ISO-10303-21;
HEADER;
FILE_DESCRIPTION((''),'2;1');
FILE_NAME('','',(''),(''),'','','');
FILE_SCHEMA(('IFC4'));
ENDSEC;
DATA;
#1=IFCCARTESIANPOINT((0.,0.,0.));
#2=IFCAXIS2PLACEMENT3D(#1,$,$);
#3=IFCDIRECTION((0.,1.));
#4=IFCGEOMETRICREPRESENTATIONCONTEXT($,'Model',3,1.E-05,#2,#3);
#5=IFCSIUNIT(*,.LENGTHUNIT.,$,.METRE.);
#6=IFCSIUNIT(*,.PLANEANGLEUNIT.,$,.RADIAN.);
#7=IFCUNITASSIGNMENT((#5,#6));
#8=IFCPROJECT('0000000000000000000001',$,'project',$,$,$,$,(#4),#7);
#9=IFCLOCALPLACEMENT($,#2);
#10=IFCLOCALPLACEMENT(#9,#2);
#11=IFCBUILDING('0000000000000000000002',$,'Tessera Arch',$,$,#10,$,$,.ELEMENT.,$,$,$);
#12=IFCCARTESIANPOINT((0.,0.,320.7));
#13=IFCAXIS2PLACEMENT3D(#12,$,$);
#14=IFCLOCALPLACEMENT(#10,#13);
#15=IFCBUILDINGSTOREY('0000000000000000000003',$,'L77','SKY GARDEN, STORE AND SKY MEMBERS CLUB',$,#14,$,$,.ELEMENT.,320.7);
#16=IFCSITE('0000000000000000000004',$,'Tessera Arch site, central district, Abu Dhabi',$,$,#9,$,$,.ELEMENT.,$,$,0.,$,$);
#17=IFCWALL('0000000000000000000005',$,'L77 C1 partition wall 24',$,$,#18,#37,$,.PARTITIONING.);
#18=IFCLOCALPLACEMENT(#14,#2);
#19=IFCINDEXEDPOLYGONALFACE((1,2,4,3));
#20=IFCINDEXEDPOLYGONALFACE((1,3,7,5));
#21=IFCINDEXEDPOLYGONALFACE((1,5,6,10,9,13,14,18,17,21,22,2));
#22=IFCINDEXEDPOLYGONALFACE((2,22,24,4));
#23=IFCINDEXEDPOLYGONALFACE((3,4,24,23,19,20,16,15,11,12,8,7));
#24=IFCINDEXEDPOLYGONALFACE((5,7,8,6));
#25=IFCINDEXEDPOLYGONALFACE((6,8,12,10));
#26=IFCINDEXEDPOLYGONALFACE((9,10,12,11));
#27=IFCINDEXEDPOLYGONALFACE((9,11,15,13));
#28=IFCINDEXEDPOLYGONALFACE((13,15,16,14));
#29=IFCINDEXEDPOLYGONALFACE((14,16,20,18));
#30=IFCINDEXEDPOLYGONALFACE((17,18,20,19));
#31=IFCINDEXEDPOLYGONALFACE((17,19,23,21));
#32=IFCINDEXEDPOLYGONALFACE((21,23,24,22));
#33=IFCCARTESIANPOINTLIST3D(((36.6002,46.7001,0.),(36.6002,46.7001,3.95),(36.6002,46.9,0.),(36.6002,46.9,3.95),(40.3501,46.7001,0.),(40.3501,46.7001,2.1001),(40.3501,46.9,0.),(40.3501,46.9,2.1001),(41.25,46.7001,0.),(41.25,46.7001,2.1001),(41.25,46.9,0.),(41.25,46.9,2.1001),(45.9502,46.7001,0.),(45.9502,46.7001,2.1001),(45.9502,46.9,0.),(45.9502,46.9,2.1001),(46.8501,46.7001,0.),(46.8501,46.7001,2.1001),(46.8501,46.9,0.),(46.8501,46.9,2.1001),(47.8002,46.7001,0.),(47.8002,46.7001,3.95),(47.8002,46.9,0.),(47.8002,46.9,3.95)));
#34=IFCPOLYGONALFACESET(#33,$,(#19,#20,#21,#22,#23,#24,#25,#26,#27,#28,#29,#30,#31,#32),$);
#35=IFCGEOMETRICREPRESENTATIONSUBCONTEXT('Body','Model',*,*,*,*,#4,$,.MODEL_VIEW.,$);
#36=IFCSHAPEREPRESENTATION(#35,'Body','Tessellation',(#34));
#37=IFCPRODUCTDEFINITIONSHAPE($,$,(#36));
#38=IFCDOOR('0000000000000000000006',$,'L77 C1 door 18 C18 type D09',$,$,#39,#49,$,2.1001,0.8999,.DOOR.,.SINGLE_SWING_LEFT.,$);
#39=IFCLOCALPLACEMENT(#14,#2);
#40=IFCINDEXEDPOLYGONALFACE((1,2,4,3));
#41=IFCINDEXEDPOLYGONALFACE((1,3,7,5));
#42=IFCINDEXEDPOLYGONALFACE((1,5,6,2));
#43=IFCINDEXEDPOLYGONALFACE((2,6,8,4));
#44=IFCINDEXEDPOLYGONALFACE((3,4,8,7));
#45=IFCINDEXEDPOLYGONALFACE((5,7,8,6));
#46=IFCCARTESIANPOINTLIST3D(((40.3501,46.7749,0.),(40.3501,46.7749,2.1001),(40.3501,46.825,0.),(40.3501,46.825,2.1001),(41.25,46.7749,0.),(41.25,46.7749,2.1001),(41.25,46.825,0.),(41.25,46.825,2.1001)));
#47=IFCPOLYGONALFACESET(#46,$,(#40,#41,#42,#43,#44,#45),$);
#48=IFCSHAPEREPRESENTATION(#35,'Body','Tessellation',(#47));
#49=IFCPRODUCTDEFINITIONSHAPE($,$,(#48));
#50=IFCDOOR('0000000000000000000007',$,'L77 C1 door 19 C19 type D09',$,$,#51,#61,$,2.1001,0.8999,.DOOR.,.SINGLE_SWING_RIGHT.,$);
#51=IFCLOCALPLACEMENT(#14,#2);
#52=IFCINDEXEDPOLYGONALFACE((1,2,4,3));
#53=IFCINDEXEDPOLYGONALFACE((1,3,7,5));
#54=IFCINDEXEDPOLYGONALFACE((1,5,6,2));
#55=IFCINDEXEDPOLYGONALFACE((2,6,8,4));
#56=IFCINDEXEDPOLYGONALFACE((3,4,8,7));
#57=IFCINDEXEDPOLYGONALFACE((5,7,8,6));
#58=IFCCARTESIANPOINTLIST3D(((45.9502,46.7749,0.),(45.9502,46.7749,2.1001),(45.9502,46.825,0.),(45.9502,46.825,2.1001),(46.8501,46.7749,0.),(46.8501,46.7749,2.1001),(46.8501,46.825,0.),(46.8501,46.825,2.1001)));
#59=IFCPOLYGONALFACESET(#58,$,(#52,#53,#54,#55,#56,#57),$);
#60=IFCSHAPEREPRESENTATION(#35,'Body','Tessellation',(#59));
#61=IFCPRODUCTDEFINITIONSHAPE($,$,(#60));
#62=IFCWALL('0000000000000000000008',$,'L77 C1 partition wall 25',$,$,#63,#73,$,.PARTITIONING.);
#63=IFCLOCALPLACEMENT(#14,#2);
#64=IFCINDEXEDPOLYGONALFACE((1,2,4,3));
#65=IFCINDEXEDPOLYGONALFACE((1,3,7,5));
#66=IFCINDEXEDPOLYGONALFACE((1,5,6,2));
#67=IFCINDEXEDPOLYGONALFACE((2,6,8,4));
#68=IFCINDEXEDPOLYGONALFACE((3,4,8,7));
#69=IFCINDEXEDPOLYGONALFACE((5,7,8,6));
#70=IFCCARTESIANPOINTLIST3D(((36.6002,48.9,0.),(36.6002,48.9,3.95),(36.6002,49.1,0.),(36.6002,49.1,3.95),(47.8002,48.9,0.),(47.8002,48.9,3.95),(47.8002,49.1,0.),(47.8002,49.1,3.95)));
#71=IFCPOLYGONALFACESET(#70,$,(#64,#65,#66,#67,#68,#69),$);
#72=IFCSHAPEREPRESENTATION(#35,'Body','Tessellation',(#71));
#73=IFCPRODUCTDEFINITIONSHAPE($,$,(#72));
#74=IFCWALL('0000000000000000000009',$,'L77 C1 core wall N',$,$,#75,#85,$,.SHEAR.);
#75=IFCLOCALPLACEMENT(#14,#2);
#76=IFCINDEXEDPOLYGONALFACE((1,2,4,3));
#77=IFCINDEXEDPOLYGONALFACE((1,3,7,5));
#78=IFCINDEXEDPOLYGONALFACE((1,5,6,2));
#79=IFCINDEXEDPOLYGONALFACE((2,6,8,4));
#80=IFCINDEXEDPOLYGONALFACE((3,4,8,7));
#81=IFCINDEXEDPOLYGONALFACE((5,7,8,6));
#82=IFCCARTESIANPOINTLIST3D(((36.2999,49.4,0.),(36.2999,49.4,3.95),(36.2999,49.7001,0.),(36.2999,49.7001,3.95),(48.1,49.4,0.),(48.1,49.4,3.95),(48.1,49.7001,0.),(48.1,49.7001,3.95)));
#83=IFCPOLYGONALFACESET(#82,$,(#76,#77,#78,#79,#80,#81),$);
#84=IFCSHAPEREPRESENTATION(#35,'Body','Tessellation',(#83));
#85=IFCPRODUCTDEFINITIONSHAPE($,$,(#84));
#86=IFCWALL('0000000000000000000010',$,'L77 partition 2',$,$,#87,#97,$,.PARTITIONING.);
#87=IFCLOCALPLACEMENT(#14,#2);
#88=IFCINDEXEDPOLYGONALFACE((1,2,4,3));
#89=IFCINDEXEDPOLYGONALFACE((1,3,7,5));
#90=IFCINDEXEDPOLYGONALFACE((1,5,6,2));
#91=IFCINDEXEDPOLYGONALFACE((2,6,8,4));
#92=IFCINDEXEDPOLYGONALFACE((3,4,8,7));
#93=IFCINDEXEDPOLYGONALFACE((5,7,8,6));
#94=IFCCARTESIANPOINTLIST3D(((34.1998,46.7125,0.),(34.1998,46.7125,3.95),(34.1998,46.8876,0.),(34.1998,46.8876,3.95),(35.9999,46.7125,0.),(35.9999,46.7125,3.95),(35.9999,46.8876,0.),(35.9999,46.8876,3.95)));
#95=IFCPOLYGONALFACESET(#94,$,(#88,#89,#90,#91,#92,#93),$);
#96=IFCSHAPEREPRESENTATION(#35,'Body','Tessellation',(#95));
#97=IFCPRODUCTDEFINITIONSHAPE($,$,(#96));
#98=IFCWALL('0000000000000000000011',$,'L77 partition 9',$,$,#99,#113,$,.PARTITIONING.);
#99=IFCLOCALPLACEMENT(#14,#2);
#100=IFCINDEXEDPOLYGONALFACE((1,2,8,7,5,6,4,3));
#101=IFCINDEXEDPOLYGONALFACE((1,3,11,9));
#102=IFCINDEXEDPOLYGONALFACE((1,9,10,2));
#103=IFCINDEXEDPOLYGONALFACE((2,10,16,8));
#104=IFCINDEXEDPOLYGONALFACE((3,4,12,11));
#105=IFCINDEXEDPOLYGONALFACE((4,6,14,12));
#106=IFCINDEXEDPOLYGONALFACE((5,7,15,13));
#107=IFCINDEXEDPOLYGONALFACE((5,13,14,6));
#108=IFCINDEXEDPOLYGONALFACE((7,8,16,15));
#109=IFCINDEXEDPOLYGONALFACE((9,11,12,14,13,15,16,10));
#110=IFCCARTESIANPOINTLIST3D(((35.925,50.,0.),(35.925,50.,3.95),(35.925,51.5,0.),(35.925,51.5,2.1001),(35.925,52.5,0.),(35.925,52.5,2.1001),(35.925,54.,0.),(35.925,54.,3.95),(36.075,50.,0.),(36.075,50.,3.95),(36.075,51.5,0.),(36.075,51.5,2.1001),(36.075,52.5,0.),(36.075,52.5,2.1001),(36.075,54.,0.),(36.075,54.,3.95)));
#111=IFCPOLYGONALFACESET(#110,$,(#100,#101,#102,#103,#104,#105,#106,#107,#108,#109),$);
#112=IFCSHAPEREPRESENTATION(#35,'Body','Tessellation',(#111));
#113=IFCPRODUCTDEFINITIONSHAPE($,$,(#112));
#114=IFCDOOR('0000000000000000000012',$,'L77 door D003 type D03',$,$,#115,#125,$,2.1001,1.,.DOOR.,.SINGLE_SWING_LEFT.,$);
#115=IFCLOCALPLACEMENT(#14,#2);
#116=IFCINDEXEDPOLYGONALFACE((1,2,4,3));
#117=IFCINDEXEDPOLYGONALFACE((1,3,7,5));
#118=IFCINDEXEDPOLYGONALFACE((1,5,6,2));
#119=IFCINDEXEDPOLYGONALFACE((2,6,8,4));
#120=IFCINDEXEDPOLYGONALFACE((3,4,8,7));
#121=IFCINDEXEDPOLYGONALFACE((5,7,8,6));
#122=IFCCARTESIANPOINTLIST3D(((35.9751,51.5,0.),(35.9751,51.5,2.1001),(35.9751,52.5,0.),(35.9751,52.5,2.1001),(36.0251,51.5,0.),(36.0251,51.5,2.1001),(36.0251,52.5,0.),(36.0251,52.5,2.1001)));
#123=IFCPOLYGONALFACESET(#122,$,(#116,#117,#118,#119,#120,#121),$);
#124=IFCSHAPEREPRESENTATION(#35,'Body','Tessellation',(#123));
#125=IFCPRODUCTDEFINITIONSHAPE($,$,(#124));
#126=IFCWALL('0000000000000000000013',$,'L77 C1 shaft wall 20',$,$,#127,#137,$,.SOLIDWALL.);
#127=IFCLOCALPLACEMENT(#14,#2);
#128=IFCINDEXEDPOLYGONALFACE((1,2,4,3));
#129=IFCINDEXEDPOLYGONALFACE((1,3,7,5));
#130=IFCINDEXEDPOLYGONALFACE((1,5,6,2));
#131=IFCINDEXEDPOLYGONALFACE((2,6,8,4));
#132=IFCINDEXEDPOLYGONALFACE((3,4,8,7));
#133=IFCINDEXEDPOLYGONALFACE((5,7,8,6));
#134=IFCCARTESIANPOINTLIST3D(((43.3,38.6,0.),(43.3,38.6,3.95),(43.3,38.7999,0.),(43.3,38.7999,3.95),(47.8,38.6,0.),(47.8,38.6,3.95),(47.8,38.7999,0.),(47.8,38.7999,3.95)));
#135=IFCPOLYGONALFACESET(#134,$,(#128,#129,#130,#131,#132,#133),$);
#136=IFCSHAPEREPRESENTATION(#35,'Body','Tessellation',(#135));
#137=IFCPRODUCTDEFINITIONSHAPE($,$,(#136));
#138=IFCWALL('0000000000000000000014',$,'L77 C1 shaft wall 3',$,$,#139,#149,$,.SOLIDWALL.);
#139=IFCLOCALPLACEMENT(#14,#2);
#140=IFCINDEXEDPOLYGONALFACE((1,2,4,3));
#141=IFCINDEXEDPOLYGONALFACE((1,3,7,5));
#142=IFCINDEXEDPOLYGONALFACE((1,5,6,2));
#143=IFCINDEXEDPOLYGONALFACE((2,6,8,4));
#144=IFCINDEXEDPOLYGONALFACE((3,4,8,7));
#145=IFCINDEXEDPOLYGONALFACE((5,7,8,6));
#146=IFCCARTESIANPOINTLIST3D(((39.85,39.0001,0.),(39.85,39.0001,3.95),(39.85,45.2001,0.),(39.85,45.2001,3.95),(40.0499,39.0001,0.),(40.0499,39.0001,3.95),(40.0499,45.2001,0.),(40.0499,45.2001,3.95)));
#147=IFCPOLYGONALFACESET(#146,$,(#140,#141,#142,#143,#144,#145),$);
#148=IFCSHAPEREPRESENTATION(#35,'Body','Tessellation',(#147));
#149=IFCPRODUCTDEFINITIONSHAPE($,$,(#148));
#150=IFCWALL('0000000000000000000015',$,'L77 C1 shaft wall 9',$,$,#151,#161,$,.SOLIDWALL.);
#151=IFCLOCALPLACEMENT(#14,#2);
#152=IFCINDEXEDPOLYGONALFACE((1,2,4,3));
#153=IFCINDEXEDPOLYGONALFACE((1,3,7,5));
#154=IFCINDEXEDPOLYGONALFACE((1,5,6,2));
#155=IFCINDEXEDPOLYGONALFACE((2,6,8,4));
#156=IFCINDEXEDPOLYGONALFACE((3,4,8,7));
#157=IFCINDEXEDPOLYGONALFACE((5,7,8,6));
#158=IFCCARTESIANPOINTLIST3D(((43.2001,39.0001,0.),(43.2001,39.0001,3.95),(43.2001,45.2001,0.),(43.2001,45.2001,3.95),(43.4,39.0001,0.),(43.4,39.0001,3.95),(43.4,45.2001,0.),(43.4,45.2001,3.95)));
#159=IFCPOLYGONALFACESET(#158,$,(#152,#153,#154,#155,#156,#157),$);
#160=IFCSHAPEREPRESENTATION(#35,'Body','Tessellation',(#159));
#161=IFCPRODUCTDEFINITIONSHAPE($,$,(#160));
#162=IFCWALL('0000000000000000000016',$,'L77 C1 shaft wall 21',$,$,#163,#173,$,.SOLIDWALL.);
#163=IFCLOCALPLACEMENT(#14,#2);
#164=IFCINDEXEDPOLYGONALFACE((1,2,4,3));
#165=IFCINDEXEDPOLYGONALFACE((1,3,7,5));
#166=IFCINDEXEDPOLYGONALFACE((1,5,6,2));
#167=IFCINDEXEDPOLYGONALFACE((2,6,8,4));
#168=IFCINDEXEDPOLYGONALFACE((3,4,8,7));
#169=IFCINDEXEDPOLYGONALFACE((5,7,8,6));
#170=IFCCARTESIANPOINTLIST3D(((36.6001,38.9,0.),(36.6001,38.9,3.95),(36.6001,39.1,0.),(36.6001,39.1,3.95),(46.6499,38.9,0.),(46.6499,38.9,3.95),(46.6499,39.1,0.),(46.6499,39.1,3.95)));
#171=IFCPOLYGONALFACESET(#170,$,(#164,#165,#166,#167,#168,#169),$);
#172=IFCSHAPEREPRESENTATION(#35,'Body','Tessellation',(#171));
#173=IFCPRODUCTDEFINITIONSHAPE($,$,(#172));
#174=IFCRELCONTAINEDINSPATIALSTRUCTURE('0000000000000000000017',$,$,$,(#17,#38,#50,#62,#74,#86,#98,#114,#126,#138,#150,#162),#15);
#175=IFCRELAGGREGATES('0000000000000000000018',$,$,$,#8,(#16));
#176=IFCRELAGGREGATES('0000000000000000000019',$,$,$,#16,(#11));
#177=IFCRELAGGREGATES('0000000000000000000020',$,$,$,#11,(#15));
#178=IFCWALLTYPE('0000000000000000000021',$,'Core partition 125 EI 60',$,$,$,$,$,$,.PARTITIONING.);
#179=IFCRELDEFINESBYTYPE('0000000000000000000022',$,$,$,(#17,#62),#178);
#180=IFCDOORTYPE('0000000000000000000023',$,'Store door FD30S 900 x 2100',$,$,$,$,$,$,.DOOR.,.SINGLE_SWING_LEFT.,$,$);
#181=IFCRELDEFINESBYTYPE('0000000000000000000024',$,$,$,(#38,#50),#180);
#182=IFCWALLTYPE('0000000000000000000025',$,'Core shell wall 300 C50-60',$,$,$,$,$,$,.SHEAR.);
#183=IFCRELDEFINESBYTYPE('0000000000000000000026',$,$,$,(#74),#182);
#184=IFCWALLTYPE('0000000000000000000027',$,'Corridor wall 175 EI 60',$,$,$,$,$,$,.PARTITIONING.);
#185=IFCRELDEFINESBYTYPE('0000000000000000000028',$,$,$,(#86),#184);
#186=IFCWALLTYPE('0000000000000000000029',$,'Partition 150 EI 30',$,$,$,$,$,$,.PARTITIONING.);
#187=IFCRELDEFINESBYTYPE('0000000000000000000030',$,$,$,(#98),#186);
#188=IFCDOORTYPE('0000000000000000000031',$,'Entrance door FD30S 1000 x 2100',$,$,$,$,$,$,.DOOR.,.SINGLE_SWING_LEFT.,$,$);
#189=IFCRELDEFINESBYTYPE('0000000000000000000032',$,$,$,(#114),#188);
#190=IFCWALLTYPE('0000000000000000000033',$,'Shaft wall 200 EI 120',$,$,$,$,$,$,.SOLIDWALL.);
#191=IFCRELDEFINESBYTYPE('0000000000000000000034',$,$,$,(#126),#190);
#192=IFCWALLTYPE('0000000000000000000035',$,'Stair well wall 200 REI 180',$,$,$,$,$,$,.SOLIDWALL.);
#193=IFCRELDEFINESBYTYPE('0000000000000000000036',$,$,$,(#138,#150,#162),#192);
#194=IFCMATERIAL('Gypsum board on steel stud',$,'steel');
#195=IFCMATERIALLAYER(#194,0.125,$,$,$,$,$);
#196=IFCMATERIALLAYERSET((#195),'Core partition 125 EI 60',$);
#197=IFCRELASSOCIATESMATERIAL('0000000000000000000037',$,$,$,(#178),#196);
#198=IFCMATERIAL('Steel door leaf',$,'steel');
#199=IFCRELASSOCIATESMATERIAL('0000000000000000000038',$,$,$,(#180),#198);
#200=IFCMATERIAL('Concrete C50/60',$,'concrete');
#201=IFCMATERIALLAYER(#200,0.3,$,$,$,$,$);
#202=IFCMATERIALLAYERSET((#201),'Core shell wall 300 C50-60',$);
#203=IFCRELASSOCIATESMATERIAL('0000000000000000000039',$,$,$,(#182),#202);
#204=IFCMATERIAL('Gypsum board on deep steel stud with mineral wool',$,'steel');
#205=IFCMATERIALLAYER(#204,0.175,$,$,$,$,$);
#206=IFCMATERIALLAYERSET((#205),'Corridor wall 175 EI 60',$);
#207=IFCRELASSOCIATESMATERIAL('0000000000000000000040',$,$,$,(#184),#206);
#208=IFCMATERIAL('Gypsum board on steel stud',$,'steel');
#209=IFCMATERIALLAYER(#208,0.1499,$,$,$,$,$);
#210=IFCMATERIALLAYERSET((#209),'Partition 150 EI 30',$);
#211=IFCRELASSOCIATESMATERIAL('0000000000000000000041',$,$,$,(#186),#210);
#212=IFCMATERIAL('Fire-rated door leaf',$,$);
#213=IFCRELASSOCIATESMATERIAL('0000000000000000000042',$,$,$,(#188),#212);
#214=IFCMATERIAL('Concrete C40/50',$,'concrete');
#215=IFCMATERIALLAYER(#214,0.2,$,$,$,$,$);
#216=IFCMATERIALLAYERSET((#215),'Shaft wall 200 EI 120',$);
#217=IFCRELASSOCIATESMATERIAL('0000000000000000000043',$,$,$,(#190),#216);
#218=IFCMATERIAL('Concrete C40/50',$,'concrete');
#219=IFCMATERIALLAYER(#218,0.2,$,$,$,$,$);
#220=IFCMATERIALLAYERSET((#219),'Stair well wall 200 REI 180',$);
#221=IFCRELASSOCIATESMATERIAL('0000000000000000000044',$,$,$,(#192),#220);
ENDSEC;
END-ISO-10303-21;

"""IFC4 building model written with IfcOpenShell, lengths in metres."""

from ifc_helpers import new_model, si_unit, direction, frame, frame_2d, origin, place, context, subcontext, project, spatial, rectangle, extrude, material, layer, layer_set, type_object, element, fill, save


model = new_model("IFC4")

# Units and contexts
model_context = context("Model", 3, precision=1e-05, world=origin(), true_north=direction((0.0, 1.0)))
body_context = subcontext(model_context, "Body", "Model", "MODEL_VIEW")
ifc_project = project(units=[si_unit("LENGTHUNIT", "METRE"), si_unit("PLANEANGLEUNIT", "RADIAN")], contexts=[model_context])

# Site, building, storey
site_placement = place(None, origin())
site = spatial("IfcSite", under=ifc_project, at=site_placement, Name="Tessera Arch site, central district, Abu Dhabi", CompositionType="ELEMENT", RefElevation=0.0)
building_placement = place(site_placement, origin())
building = spatial("IfcBuilding", under=site, at=building_placement, Name="Tessera Arch", CompositionType="ELEMENT")
storey_placement = place(building_placement, frame((0.0, 0.0, 320.7)))
storey = spatial("IfcBuildingStorey", under=building, at=storey_placement, Name="L77", Description="SKY GARDEN, STORE AND SKY MEMBERS CLUB", CompositionType="ELEMENT", Elevation=320.7)

# Shared definitions
ifc_material_1 = material(Name="Gypsum board on steel stud", Category="steel")
ifc_layer_1 = layer(ifc_material_1, 0.125)
ifc_layer_set_1 = layer_set([ifc_layer_1], Name="Core partition 125 EI 60")
wall_type_1 = type_object("IfcWallType", Name="Core partition 125 EI 60", PredefinedType="PARTITIONING", material=ifc_layer_set_1)

# Wall, openings, doors
wall_1_placement = place(storey_placement, frame((36.6001, 46.8, 0.0), z_axis=(0.0, 0.0, 1.0), x_axis=(1.0, 0.0, 0.0)))
wall_1 = element("IfcWall", 1, at=wall_1_placement, inside=storey, type_object=wall_type_1, Name="L77 C1 partition wall 24", PredefinedType="PARTITIONING", context=body_context, shape_type="SweptSolid", body=[
    extrude(rectangle(XDim=11.2, YDim=0.2, at=frame_2d((5.6001, 0.0))), origin(), (0.0, 0.0, 1.0), 3.95),
])
opening_1_placement = place(wall_1_placement, frame((3.75, 0.0, 0.0)))
opening_1 = element("IfcOpeningElement", 2, at=opening_1_placement, cuts=wall_1, PredefinedType="OPENING", context=body_context, shape_type="SweptSolid", body=[
    extrude(rectangle(XDim=0.8999, YDim=2.1001, at=frame_2d((0.45, 1.05))), frame((0.0, 0.1099, 0.0), z_axis=(0.0, -1.0, 0.0), x_axis=(1.0, 0.0, 0.0)), (0.0, 0.0, 1.0), 0.22),
])
opening_2_placement = place(wall_1_placement, frame((9.3501, 0.0, 0.0)))
opening_2 = element("IfcOpeningElement", 3, at=opening_2_placement, cuts=wall_1, PredefinedType="OPENING", context=body_context, shape_type="SweptSolid", body=[
    extrude(rectangle(XDim=0.8999, YDim=2.1001, at=frame_2d((0.45, 1.05))), frame((0.0, 0.1099, 0.0), z_axis=(0.0, -1.0, 0.0), x_axis=(1.0, 0.0, 0.0)), (0.0, 0.0, 1.0), 0.22),
])
ifc_material_2 = material(Name="Steel door leaf", Category="steel")
door_type_1 = type_object("IfcDoorType", Name="Store door FD30S 900 x 2100", OperationType="SINGLE_SWING_LEFT", PredefinedType="DOOR", material=ifc_material_2)
door_1_placement = place(opening_1_placement, origin())
door_1 = element("IfcDoor", 4, at=door_1_placement, inside=storey, type_object=door_type_1, Name="L77 C1 door 18 C18 type D09", OperationType="SINGLE_SWING_LEFT", OverallHeight=2.1001, OverallWidth=0.8999, PredefinedType="DOOR", context=body_context, shape_type="SweptSolid", body=[
    extrude(rectangle(XDim=0.8999, YDim=2.1001, at=frame_2d((0.45, 1.05))), frame((0.0, 0.0249, 0.0), z_axis=(0.0, -1.0, 0.0), x_axis=(1.0, 0.0, 0.0)), (0.0, 0.0, 1.0), 0.05),
])
fill(opening_1, door_1)
door_2_placement = place(opening_2_placement, origin())
door_2 = element("IfcDoor", 5, at=door_2_placement, inside=storey, type_object=door_type_1, Name="L77 C1 door 19 C19 type D09", OperationType="SINGLE_SWING_RIGHT", OverallHeight=2.1001, OverallWidth=0.8999, PredefinedType="DOOR", context=body_context, shape_type="SweptSolid", body=[
    extrude(rectangle(XDim=0.8999, YDim=2.1001, at=frame_2d((0.45, 1.05))), frame((0.0, 0.0249, 0.0), z_axis=(0.0, -1.0, 0.0), x_axis=(1.0, 0.0, 0.0)), (0.0, 0.0, 1.0), 0.05),
])
fill(opening_2, door_2)

# Walls
wall_2_placement = place(storey_placement, frame((36.6001, 49.0, 0.0), z_axis=(0.0, 0.0, 1.0), x_axis=(1.0, 0.0, 0.0)))
element("IfcWall", 6, at=wall_2_placement, inside=storey, type_object=wall_type_1, Name="L77 C1 partition wall 25", PredefinedType="PARTITIONING", context=body_context, shape_type="SweptSolid", body=[
    extrude(rectangle(XDim=11.2, YDim=0.2, at=frame_2d((5.6001, 0.0))), origin(), (0.0, 0.0, 1.0), 3.95),
])
ifc_material_3 = material(Name="Concrete C50/60", Category="concrete")
ifc_layer_2 = layer(ifc_material_3, 0.3)
ifc_layer_set_2 = layer_set([ifc_layer_2], Name="Core shell wall 300 C50-60")
wall_type_2 = type_object("IfcWallType", Name="Core shell wall 300 C50-60", PredefinedType="SHEAR", material=ifc_layer_set_2)
wall_3_placement = place(storey_placement, frame((36.3, 49.55, 0.0), z_axis=(0.0, 0.0, 1.0), x_axis=(1.0, 0.0, 0.0)))
element("IfcWall", 7, at=wall_3_placement, inside=storey, type_object=wall_type_2, Name="L77 C1 core wall N", PredefinedType="SHEAR", context=body_context, shape_type="SweptSolid", body=[
    extrude(rectangle(XDim=11.8, YDim=0.3, at=frame_2d((5.8999, 0.0))), origin(), (0.0, 0.0, 1.0), 3.95),
])
ifc_material_4 = material(Name="Gypsum board on deep steel stud with mineral wool", Category="steel")
ifc_layer_3 = layer(ifc_material_4, 0.175)
ifc_layer_set_3 = layer_set([ifc_layer_3], Name="Corridor wall 175 EI 60")
wall_type_3 = type_object("IfcWallType", Name="Corridor wall 175 EI 60", PredefinedType="PARTITIONING", material=ifc_layer_set_3)
wall_4_placement = place(storey_placement, frame((34.2, 46.8, 0.0), z_axis=(0.0, 0.0, 1.0), x_axis=(1.0, 0.0, 0.0)))
element("IfcWall", 8, at=wall_4_placement, inside=storey, type_object=wall_type_3, Name="L77 partition 2", PredefinedType="PARTITIONING", context=body_context, shape_type="SweptSolid", body=[
    extrude(rectangle(XDim=1.8, YDim=0.175, at=frame_2d((0.8999, 0.0))), origin(), (0.0, 0.0, 1.0), 3.95),
])

# Wall, opening, door
ifc_material_5 = material(Name="Gypsum board on steel stud", Category="steel")
ifc_layer_4 = layer(ifc_material_5, 0.1499)
ifc_layer_set_4 = layer_set([ifc_layer_4], Name="Partition 150 EI 30")
wall_type_4 = type_object("IfcWallType", Name="Partition 150 EI 30", PredefinedType="PARTITIONING", material=ifc_layer_set_4)
wall_5_placement = place(storey_placement, frame((36.0, 50.0, 0.0), z_axis=(0.0, 0.0, 1.0), x_axis=(0.0, 1.0, 0.0)))
wall_5 = element("IfcWall", 9, at=wall_5_placement, inside=storey, type_object=wall_type_4, Name="L77 partition 9", PredefinedType="PARTITIONING", context=body_context, shape_type="SweptSolid", body=[
    extrude(rectangle(XDim=4.0, YDim=0.1499, at=frame_2d((2.0, 0.0))), origin(), (0.0, 0.0, 1.0), 3.95),
])
opening_3_placement = place(wall_5_placement, frame((1.5, 0.0, 0.0)))
opening_3 = element("IfcOpeningElement", 10, at=opening_3_placement, cuts=wall_5, PredefinedType="OPENING", context=body_context, shape_type="SweptSolid", body=[
    extrude(rectangle(XDim=1.0, YDim=2.1001, at=frame_2d((0.5, 1.05))), frame((0.0, 0.085, 0.0), z_axis=(0.0, -1.0, 0.0), x_axis=(1.0, 0.0, 0.0)), (0.0, 0.0, 1.0), 0.1699),
])
ifc_material_6 = material(Name="Fire-rated door leaf")
door_type_2 = type_object("IfcDoorType", Name="Entrance door FD30S 1000 x 2100", OperationType="SINGLE_SWING_LEFT", PredefinedType="DOOR", material=ifc_material_6)
door_3_placement = place(opening_3_placement, origin())
door_3 = element("IfcDoor", 11, at=door_3_placement, inside=storey, type_object=door_type_2, Name="L77 door D003 type D03", OperationType="SINGLE_SWING_LEFT", OverallHeight=2.1001, OverallWidth=1.0, PredefinedType="DOOR", context=body_context, shape_type="SweptSolid", body=[
    extrude(rectangle(XDim=1.0, YDim=2.1001, at=frame_2d((0.5, 1.05))), frame((0.0, 0.0249, 0.0), z_axis=(0.0, -1.0, 0.0), x_axis=(1.0, 0.0, 0.0)), (0.0, 0.0, 1.0), 0.05),
])
fill(opening_3, door_3)

# Walls
ifc_material_7 = material(Name="Concrete C40/50", Category="concrete")
ifc_layer_5 = layer(ifc_material_7, 0.2)
ifc_layer_set_5 = layer_set([ifc_layer_5], Name="Shaft wall 200 EI 120")
wall_type_5 = type_object("IfcWallType", Name="Shaft wall 200 EI 120", PredefinedType="SOLIDWALL", material=ifc_layer_set_5)
wall_6_placement = place(storey_placement, frame((43.3, 38.7, 0.0), z_axis=(0.0, 0.0, 1.0), x_axis=(1.0, 0.0, 0.0)))
element("IfcWall", 12, at=wall_6_placement, inside=storey, type_object=wall_type_5, Name="L77 C1 shaft wall 20", PredefinedType="SOLIDWALL", context=body_context, shape_type="SweptSolid", body=[
    extrude(rectangle(XDim=4.5, YDim=0.2, at=frame_2d((2.25, 0.0))), origin(), (0.0, 0.0, 1.0), 3.95),
])
ifc_material_8 = material(Name="Concrete C40/50", Category="concrete")
ifc_layer_6 = layer(ifc_material_8, 0.2)
ifc_layer_set_6 = layer_set([ifc_layer_6], Name="Stair well wall 200 REI 180")
wall_type_6 = type_object("IfcWallType", Name="Stair well wall 200 REI 180", PredefinedType="SOLIDWALL", material=ifc_layer_set_6)
for number, where, z_axis, x_axis, name in (
    (13, (39.95, 39.0, 0.0), (0.0, 0.0, 1.0), (0.0, 1.0, 0.0), "L77 C1 shaft wall 3"),
    (14, (43.3, 39.0, 0.0), (0.0, 0.0, 1.0), (0.0, 1.0, 0.0), "L77 C1 shaft wall 9"),
):
    element("IfcWall", number, at=place(storey_placement, frame(where, z_axis=z_axis, x_axis=x_axis)), inside=storey, type_object=wall_type_6, Name=name, PredefinedType="SOLIDWALL", context=body_context, shape_type="SweptSolid", body=[
        extrude(rectangle(XDim=6.2, YDim=0.2, at=frame_2d((3.1001, 0.0))), origin(), (0.0, 0.0, 1.0), 3.95),
    ])
wall_7_placement = place(storey_placement, frame((36.6001, 39.0, 0.0), z_axis=(0.0, 0.0, 1.0), x_axis=(1.0, 0.0, 0.0)))
element("IfcWall", 15, at=wall_7_placement, inside=storey, type_object=wall_type_6, Name="L77 C1 shaft wall 21", PredefinedType="SOLIDWALL", context=body_context, shape_type="SweptSolid", body=[
    extrude(rectangle(XDim=10.0498, YDim=0.2, at=frame_2d((5.0249, 0.0))), origin(), (0.0, 0.0, 1.0), 3.95),
])

save(model, "model.ifc")
